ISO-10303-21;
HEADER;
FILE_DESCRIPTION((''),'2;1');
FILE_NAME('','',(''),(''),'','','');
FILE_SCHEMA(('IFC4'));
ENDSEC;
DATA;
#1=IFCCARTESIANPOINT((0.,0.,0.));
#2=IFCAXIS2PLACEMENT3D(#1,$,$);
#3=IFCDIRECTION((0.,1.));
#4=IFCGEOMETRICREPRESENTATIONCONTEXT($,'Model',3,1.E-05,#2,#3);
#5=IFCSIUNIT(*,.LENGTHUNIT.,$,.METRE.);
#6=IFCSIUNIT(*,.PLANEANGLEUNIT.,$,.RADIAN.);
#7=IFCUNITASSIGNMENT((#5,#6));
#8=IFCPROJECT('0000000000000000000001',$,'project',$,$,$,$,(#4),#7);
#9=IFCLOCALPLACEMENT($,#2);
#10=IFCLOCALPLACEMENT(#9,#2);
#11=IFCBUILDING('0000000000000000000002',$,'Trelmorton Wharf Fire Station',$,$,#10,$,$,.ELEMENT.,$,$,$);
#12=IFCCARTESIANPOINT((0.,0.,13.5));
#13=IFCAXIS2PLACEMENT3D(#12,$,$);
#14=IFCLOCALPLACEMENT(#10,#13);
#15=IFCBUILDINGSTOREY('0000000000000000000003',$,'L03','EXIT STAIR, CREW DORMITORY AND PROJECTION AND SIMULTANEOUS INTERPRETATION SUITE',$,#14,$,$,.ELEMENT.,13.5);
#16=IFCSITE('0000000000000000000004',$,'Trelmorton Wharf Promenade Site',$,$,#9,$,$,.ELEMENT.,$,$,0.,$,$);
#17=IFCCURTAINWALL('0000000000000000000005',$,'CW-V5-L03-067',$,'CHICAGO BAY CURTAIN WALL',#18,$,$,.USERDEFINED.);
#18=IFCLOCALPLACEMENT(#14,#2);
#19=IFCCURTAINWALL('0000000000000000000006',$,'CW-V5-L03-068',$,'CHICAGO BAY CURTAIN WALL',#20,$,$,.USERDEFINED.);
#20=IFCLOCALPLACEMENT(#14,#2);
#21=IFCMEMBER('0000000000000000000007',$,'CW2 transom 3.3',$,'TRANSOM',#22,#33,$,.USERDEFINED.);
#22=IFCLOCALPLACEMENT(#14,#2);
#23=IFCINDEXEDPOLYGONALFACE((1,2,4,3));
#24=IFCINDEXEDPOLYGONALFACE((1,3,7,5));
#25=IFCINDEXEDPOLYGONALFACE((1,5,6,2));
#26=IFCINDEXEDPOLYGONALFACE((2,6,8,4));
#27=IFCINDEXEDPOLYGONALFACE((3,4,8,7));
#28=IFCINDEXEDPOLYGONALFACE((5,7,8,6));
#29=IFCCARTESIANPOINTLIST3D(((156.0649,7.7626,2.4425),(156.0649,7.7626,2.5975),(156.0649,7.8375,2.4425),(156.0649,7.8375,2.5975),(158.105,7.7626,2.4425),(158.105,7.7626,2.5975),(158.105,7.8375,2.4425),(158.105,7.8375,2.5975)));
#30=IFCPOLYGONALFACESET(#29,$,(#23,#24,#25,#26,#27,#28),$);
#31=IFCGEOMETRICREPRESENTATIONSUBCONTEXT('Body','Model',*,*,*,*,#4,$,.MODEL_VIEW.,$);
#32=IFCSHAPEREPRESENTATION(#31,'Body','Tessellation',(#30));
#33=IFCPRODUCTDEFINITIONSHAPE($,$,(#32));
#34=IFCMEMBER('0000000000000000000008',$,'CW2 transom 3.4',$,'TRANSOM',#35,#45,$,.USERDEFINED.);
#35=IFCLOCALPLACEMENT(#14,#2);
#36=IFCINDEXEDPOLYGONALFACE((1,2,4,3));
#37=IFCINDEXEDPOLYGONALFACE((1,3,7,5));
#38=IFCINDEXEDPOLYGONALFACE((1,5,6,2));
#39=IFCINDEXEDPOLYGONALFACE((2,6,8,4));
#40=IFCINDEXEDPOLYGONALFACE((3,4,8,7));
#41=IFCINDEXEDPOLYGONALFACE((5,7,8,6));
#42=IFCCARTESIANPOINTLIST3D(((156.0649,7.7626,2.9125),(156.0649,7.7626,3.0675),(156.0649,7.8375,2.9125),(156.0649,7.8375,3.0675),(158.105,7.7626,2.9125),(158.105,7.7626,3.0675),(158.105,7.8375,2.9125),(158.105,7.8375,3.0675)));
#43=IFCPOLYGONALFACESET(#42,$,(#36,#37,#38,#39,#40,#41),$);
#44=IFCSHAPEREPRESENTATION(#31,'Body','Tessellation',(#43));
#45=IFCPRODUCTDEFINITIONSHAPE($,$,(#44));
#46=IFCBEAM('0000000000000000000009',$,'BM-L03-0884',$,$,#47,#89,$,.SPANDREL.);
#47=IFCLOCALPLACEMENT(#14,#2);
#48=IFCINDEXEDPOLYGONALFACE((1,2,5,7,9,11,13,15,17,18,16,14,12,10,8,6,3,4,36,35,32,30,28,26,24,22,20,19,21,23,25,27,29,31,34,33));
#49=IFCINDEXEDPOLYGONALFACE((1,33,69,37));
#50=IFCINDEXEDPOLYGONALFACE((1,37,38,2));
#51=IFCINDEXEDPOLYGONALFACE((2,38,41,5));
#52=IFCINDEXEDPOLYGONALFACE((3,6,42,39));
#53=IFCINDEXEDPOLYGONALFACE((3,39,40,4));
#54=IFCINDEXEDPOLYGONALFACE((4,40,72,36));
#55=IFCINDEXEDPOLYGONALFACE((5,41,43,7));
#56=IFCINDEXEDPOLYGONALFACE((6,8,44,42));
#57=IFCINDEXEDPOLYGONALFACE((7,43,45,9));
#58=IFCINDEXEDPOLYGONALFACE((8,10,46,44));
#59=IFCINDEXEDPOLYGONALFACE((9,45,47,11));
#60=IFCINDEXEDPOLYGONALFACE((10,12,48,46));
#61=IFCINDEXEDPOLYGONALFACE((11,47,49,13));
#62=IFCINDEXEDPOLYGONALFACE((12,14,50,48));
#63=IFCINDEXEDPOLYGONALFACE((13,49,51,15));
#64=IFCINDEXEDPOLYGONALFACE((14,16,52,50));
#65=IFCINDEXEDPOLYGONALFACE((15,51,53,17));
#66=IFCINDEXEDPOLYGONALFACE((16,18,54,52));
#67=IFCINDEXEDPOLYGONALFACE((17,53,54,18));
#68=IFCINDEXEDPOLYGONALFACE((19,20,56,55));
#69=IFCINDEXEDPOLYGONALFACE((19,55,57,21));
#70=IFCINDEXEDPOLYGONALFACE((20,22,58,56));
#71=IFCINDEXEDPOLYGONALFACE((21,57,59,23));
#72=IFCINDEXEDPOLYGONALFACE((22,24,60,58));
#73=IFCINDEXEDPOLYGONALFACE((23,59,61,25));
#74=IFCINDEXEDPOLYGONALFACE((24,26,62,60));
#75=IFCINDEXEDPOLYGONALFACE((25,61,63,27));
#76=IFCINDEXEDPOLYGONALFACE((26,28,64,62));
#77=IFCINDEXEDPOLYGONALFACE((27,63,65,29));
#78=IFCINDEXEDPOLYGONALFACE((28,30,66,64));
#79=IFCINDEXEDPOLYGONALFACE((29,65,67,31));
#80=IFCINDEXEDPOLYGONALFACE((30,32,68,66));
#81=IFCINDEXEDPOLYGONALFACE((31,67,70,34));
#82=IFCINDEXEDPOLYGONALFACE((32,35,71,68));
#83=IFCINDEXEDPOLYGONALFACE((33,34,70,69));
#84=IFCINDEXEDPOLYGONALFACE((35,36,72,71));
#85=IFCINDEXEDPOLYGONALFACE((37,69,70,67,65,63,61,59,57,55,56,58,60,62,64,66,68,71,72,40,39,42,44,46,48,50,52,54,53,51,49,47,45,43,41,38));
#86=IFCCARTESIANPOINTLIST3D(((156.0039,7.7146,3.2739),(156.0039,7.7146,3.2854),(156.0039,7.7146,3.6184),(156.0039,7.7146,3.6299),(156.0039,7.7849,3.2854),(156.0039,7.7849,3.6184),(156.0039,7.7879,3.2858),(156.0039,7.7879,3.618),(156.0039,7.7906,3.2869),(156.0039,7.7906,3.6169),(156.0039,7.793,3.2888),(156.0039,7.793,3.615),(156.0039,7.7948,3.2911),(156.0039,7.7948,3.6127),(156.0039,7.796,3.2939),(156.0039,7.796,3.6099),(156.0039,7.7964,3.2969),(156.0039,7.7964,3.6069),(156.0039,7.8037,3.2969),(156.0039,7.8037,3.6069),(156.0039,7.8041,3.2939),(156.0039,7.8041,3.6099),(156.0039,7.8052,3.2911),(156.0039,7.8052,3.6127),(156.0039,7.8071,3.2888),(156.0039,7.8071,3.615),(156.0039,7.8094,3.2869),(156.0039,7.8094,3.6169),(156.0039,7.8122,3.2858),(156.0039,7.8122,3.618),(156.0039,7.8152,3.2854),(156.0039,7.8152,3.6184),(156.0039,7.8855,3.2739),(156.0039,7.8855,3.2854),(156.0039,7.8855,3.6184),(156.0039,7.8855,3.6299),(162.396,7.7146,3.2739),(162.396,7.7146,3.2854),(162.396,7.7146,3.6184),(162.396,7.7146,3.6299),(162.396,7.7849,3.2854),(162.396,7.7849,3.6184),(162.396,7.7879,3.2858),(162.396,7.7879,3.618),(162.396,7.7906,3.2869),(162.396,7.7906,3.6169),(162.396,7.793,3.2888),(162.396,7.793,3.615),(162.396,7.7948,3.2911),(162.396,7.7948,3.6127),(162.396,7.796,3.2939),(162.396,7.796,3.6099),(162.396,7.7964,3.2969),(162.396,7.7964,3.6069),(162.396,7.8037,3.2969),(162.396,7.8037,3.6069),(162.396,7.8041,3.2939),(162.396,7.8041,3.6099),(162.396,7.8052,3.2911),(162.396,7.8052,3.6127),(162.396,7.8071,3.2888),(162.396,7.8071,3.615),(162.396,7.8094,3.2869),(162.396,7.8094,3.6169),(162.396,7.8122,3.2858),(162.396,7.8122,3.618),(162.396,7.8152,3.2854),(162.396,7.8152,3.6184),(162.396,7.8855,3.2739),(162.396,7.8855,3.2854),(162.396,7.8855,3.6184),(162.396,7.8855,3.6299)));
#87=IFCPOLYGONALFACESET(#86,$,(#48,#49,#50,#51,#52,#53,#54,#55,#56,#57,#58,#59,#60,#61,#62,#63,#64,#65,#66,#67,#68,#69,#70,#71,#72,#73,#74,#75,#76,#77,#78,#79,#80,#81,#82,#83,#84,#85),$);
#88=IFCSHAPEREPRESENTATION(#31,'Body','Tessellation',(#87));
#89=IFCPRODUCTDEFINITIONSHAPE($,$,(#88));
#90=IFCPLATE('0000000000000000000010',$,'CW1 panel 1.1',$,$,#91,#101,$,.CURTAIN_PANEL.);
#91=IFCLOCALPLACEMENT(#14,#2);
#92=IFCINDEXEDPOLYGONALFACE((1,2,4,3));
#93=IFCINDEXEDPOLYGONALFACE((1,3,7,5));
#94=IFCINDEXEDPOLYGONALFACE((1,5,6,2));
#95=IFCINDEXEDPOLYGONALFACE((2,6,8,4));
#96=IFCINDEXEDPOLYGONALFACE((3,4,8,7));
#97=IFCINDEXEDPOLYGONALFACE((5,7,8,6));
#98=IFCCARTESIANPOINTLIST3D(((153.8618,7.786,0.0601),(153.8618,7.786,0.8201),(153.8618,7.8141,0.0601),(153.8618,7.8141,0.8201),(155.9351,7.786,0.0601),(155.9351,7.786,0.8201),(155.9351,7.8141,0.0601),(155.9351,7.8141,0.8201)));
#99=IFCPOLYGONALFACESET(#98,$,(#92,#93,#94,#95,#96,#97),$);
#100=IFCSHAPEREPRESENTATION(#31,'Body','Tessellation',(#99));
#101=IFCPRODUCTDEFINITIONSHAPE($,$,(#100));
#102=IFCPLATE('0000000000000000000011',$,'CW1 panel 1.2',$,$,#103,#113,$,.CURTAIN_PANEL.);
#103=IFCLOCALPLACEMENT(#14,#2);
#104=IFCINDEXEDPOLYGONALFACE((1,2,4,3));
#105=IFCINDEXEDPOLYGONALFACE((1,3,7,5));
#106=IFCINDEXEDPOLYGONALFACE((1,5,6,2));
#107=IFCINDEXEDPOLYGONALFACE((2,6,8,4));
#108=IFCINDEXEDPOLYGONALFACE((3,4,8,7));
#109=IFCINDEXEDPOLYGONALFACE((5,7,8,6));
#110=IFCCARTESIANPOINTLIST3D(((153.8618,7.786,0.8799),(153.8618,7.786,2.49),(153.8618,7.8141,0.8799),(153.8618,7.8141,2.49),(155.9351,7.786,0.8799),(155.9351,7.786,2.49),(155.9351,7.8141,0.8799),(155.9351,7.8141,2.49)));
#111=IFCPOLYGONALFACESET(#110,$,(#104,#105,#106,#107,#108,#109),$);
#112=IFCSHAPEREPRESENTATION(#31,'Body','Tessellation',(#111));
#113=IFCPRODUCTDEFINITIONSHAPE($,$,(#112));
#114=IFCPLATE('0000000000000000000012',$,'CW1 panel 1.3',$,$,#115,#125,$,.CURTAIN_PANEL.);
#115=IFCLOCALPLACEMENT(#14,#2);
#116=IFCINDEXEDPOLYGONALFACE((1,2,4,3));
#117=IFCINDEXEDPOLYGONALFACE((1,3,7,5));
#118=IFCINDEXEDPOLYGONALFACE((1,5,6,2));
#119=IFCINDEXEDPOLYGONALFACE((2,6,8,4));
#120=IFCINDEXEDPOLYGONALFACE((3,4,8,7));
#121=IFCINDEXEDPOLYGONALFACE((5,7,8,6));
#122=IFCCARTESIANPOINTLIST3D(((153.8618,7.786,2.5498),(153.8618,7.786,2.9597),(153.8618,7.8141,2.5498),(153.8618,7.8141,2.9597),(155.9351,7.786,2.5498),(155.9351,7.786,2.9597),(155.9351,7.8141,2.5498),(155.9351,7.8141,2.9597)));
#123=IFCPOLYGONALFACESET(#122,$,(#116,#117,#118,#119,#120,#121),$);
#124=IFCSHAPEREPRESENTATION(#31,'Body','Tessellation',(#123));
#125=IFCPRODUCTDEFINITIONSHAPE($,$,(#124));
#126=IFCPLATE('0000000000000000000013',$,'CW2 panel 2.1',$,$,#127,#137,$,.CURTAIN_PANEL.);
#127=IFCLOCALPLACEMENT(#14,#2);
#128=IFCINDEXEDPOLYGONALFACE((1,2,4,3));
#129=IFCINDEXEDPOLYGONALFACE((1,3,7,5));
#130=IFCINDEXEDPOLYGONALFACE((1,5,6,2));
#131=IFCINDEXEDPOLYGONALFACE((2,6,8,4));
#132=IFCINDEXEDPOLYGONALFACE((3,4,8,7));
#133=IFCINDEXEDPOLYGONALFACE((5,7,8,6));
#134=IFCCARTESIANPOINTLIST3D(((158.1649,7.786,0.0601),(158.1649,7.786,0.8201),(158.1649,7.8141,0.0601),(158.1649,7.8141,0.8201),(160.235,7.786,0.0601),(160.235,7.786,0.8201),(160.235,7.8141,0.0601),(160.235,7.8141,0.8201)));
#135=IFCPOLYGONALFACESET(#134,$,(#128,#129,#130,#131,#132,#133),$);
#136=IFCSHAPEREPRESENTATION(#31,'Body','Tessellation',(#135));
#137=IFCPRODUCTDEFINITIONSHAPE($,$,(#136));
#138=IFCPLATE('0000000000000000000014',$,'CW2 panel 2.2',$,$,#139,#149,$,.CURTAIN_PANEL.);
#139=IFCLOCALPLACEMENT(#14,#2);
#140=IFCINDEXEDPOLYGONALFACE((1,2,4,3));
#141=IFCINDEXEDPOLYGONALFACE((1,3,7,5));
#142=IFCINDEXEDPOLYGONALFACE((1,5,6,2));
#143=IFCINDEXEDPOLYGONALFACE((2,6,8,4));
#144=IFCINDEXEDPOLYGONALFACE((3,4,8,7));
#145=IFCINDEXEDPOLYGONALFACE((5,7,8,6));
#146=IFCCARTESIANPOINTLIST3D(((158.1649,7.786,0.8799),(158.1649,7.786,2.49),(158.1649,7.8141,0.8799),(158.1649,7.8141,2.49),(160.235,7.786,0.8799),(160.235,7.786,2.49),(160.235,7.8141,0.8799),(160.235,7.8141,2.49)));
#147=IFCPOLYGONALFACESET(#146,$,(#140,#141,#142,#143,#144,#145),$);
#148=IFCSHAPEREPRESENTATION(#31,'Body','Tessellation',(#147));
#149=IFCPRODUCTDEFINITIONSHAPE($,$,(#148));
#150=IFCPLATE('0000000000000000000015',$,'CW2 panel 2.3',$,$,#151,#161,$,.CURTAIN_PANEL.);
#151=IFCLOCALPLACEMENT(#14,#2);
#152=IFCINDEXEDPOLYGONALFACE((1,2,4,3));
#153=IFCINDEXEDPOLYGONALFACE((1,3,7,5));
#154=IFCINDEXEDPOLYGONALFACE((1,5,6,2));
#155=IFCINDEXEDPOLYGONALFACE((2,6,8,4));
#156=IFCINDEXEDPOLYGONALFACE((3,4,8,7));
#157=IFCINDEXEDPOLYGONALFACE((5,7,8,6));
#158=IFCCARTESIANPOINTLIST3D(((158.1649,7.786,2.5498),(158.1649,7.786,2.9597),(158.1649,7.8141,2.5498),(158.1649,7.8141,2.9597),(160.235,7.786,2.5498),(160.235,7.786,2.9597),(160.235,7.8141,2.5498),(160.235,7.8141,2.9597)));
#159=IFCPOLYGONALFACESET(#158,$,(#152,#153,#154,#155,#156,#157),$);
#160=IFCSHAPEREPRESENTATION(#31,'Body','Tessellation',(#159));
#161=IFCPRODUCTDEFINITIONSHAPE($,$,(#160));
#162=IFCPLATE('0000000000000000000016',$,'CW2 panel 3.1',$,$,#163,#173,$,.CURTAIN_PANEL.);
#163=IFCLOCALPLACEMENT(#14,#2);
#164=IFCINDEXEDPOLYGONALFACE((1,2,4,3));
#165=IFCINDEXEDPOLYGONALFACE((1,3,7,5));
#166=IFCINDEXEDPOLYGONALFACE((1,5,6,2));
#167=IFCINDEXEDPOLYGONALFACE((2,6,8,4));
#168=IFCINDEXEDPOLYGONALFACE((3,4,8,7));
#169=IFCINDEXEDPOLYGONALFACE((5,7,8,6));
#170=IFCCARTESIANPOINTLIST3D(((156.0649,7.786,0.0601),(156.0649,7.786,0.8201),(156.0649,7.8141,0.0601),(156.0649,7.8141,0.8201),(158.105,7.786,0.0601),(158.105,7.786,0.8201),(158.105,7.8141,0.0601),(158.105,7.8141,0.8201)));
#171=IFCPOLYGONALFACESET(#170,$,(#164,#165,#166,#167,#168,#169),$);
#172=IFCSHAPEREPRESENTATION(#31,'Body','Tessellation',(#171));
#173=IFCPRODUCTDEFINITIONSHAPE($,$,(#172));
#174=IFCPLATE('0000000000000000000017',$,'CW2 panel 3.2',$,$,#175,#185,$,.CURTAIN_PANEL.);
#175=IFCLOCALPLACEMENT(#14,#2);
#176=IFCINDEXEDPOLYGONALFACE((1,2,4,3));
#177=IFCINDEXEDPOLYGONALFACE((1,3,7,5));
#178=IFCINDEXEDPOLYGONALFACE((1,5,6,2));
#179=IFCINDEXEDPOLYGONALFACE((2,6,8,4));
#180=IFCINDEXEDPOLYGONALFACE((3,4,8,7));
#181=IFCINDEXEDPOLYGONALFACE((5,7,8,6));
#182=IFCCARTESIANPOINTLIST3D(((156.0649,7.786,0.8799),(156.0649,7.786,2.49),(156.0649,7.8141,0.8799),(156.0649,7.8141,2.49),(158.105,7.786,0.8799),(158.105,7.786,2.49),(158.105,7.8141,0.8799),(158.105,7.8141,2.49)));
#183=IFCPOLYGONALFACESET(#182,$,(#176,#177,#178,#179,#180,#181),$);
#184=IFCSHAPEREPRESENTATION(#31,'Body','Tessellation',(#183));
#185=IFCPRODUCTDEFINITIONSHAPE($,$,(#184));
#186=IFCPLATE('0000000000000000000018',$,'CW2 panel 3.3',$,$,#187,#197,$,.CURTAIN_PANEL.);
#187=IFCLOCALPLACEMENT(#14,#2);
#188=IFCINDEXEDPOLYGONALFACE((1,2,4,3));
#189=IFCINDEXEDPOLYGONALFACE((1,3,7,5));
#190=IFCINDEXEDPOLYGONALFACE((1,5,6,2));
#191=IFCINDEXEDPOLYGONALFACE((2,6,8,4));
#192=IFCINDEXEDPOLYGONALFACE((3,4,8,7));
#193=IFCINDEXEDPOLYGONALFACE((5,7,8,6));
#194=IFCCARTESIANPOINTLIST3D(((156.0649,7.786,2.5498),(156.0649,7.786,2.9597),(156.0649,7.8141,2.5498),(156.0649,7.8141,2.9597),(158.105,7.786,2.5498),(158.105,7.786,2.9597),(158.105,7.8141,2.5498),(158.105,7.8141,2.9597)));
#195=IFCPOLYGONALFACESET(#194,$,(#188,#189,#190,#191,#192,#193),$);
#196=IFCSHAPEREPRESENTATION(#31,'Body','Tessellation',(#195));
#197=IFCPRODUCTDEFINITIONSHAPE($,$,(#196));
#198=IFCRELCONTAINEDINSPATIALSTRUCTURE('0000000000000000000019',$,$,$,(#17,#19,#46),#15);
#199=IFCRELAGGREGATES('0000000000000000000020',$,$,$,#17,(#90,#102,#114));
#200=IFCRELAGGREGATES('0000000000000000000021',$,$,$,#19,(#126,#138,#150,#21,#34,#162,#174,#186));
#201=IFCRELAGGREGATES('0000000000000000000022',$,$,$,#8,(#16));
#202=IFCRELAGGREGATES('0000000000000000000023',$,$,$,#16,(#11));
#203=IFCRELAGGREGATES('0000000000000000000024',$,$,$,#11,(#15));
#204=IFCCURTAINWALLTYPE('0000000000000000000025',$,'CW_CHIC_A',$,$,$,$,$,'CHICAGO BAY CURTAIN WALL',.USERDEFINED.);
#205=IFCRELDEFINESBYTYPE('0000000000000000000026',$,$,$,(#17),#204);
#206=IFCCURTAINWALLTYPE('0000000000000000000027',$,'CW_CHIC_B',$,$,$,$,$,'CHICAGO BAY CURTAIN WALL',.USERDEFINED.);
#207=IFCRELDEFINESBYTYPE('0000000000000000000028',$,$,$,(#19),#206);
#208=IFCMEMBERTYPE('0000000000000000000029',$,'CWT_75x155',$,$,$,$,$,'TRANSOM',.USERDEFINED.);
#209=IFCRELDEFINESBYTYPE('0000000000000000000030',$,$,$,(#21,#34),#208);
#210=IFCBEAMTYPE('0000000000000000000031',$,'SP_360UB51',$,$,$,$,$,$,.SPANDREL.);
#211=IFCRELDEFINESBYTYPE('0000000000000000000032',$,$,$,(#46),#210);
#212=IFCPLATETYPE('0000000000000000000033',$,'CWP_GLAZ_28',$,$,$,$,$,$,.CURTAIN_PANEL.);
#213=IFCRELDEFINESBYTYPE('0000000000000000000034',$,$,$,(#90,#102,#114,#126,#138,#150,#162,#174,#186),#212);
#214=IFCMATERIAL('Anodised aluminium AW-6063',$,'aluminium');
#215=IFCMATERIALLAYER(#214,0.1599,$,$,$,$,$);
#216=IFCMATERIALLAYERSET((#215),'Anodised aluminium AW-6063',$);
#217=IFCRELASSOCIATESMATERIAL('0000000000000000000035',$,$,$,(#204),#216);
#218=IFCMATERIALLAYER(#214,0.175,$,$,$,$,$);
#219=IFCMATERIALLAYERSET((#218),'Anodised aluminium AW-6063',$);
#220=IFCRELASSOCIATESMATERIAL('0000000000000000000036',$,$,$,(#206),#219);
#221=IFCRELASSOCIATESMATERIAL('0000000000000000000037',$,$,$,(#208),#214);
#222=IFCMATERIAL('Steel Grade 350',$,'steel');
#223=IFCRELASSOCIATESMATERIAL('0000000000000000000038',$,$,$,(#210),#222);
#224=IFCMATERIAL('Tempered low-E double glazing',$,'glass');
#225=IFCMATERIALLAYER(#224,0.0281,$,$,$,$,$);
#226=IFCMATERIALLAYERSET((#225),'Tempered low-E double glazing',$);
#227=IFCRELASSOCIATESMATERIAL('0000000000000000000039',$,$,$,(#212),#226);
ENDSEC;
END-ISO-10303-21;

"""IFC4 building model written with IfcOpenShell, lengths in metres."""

from ifc_helpers import new_model, si_unit, direction, frame, origin, origin_2d, place, context, subcontext, project, spatial, rectangle, i_section, extrude, material, layer, layer_set, material_profile, profile_set, type_object, element, aggregate, save


model = new_model("IFC4")

# Units and contexts
model_context = context("Model", 3, precision=1e-05, world=origin(), true_north=direction((0.0, 1.0)))
body_context = subcontext(model_context, "Body", "Model", "MODEL_VIEW")
ifc_project = project(units=[si_unit("LENGTHUNIT", "METRE"), si_unit("PLANEANGLEUNIT", "RADIAN")], contexts=[model_context])

# Site, building, storey
site_placement = place(None, origin())
site = spatial("IfcSite", under=ifc_project, at=site_placement, Name="Trelmorton Wharf Promenade Site", CompositionType="ELEMENT", RefElevation=0.0)
building_placement = place(site_placement, origin())
building = spatial("IfcBuilding", under=site, at=building_placement, Name="Trelmorton Wharf Fire Station", CompositionType="ELEMENT")
storey_placement = place(building_placement, frame((0.0, 0.0, 13.5)))
storey = spatial("IfcBuildingStorey", under=building, at=storey_placement, Name="L03", Description="EXIT STAIR, CREW DORMITORY AND PROJECTION AND SIMULTANEOUS INTERPRETATION SUITE", CompositionType="ELEMENT", Elevation=13.5)

# Shared definitions
ifc_material_1 = material(Name="Steel Grade 350", Category="steel")

# Curtain wall
ifc_material_2 = material(Name="Anodised aluminium AW-6063", Category="aluminium")
ifc_layer_1 = layer(ifc_material_2, 0.1599)
ifc_layer_set_1 = layer_set([ifc_layer_1], Name="Anodised aluminium AW-6063")
curtain_wall_type_1 = type_object("IfcCurtainWallType", Name="CW_CHIC_A", ElementType="CHICAGO BAY CURTAIN WALL", PredefinedType="USERDEFINED", material=ifc_layer_set_1)
curtain_wall_1_placement = place(storey_placement, origin())
curtain_wall_1 = element("IfcCurtainWall", 1, at=curtain_wall_1_placement, inside=storey, type_object=curtain_wall_type_1, Name="CW-V5-L03-067", ObjectType="CHICAGO BAY CURTAIN WALL", PredefinedType="USERDEFINED")

# Curtain wall
ifc_layer_2 = layer(ifc_material_2, 0.175)
ifc_layer_set_2 = layer_set([ifc_layer_2], Name="Anodised aluminium AW-6063")
curtain_wall_type_2 = type_object("IfcCurtainWallType", Name="CW_CHIC_B", ElementType="CHICAGO BAY CURTAIN WALL", PredefinedType="USERDEFINED", material=ifc_layer_set_2)
curtain_wall_2_placement = place(storey_placement, origin())
curtain_wall_2 = element("IfcCurtainWall", 2, at=curtain_wall_2_placement, inside=storey, type_object=curtain_wall_type_2, Name="CW-V5-L03-068", ObjectType="CHICAGO BAY CURTAIN WALL", PredefinedType="USERDEFINED")

# Members
ifc_material_profile_1 = material_profile(ifc_material_2, rectangle(XDim=0.075, YDim=0.155, at=origin_2d()), Name="ALU-75x155")
ifc_profile_set_1 = profile_set([ifc_material_profile_1], Name="Anodised aluminium AW-6063")
member_type_1 = type_object("IfcMemberType", Name="CWT_75x155", ElementType="TRANSOM", PredefinedType="USERDEFINED", material=ifc_profile_set_1)
member_1_placement = place(storey_placement, frame((158.105, 7.8, 2.52), z_axis=(-1.0, 0.0, 0.0), x_axis=(0.0, -1.0, 0.0)))
member_1 = element("IfcMember", 3, at=member_1_placement, type_object=member_type_1, Name="CW2 transom 3.3", ObjectType="TRANSOM", PredefinedType="USERDEFINED", context=body_context, shape_type="SweptSolid", body=[
    extrude(rectangle(XDim=0.075, YDim=0.155, at=origin_2d()), origin(), (0.0, 0.0, 1.0), 2.04),
])
member_2_placement = place(storey_placement, frame((158.105, 7.8, 2.99), z_axis=(-1.0, 0.0, 0.0), x_axis=(0.0, -1.0, 0.0)))
member_2 = element("IfcMember", 4, at=member_2_placement, type_object=member_type_1, Name="CW2 transom 3.4", ObjectType="TRANSOM", PredefinedType="USERDEFINED", context=body_context, shape_type="SweptSolid", body=[
    extrude(rectangle(XDim=0.075, YDim=0.155, at=origin_2d()), origin(), (0.0, 0.0, 1.0), 2.04),
])

# Beam
ifc_material_profile_2 = material_profile(ifc_material_1, i_section(OverallWidth=0.1709, OverallDepth=0.356, WebThickness=0.0073, FlangeThickness=0.0115, FilletRadius=0.0115, at=origin_2d()), Name="360UB50.7")
ifc_profile_set_2 = profile_set([ifc_material_profile_2], Name="Steel Grade 350")
beam_type = type_object("IfcBeamType", Name="SP_360UB51", PredefinedType="SPANDREL", material=ifc_profile_set_2)
beam_placement = place(storey_placement, frame((156.0039, 7.8, 3.4519), z_axis=(1.0, 0.0, 0.0), x_axis=(0.0, 1.0, 0.0)))
element("IfcBeam", 5, at=beam_placement, inside=storey, type_object=beam_type, Name="BM-L03-0884", PredefinedType="SPANDREL", context=body_context, shape_type="SweptSolid", body=[
    extrude(i_section(OverallWidth=0.1709, OverallDepth=0.356, WebThickness=0.0073, FlangeThickness=0.0115, FilletRadius=0.0115, at=origin_2d()), origin(), (0.0, 0.0, 1.0), 6.3921),
])

# Plates
ifc_material_3 = material(Name="Tempered low-E double glazing", Category="glass")
ifc_layer_3 = layer(ifc_material_3, 0.0281)
ifc_layer_set_3 = layer_set([ifc_layer_3], Name="Tempered low-E double glazing")
plate_type = type_object("IfcPlateType", Name="CWP_GLAZ_28", PredefinedType="CURTAIN_PANEL", material=ifc_layer_set_3)
plate_1_placement = place(storey_placement, frame((154.8984, 7.8, 0.0601), z_axis=(0.0, 0.0, 1.0), x_axis=(-1.0, 0.0, 0.0)))
plate_1 = element("IfcPlate", 6, at=plate_1_placement, type_object=plate_type, Name="CW1 panel 1.1", PredefinedType="CURTAIN_PANEL", context=body_context, shape_type="SweptSolid", body=[
    extrude(rectangle(XDim=2.0732, YDim=0.0281, at=origin_2d()), origin(), (0.0, 0.0, 1.0), 0.76),
])
plate_2_placement = place(storey_placement, frame((154.8984, 7.8, 0.8799), z_axis=(0.0, 0.0, 1.0), x_axis=(-1.0, 0.0, 0.0)))
plate_2 = element("IfcPlate", 7, at=plate_2_placement, type_object=plate_type, Name="CW1 panel 1.2", PredefinedType="CURTAIN_PANEL", context=body_context, shape_type="SweptSolid", body=[
    extrude(rectangle(XDim=2.0732, YDim=0.0281, at=origin_2d()), origin(), (0.0, 0.0, 1.0), 1.6101),
])
plate_3_placement = place(storey_placement, frame((154.8984, 7.8, 2.5498), z_axis=(0.0, 0.0, 1.0), x_axis=(-1.0, 0.0, 0.0)))
plate_3 = element("IfcPlate", 8, at=plate_3_placement, type_object=plate_type, Name="CW1 panel 1.3", PredefinedType="CURTAIN_PANEL", context=body_context, shape_type="SweptSolid", body=[
    extrude(rectangle(XDim=2.0732, YDim=0.0281, at=origin_2d()), origin(), (0.0, 0.0, 1.0), 0.4099),
])
aggregate(curtain_wall_1, [plate_1, plate_2, plate_3])
plate_4_placement = place(storey_placement, frame((159.2, 7.8, 0.0601), z_axis=(0.0, 0.0, 1.0), x_axis=(-1.0, 0.0, 0.0)))
plate_4 = element("IfcPlate", 9, at=plate_4_placement, type_object=plate_type, Name="CW2 panel 2.1", PredefinedType="CURTAIN_PANEL", context=body_context, shape_type="SweptSolid", body=[
    extrude(rectangle(XDim=2.0701, YDim=0.0281, at=origin_2d()), origin(), (0.0, 0.0, 1.0), 0.76),
])
plate_5_placement = place(storey_placement, frame((159.2, 7.8, 0.8799), z_axis=(0.0, 0.0, 1.0), x_axis=(-1.0, 0.0, 0.0)))
plate_5 = element("IfcPlate", 10, at=plate_5_placement, type_object=plate_type, Name="CW2 panel 2.2", PredefinedType="CURTAIN_PANEL", context=body_context, shape_type="SweptSolid", body=[
    extrude(rectangle(XDim=2.0701, YDim=0.0281, at=origin_2d()), origin(), (0.0, 0.0, 1.0), 1.6101),
])
plate_6_placement = place(storey_placement, frame((159.2, 7.8, 2.5498), z_axis=(0.0, 0.0, 1.0), x_axis=(-1.0, 0.0, 0.0)))
plate_6 = element("IfcPlate", 11, at=plate_6_placement, type_object=plate_type, Name="CW2 panel 2.3", PredefinedType="CURTAIN_PANEL", context=body_context, shape_type="SweptSolid", body=[
    extrude(rectangle(XDim=2.0701, YDim=0.0281, at=origin_2d()), origin(), (0.0, 0.0, 1.0), 0.4099),
])
plate_7_placement = place(storey_placement, frame((157.085, 7.8, 0.0601), z_axis=(0.0, 0.0, 1.0), x_axis=(-1.0, 0.0, 0.0)))
plate_7 = element("IfcPlate", 12, at=plate_7_placement, type_object=plate_type, Name="CW2 panel 3.1", PredefinedType="CURTAIN_PANEL", context=body_context, shape_type="SweptSolid", body=[
    extrude(rectangle(XDim=2.04, YDim=0.0281, at=origin_2d()), origin(), (0.0, 0.0, 1.0), 0.76),
])
plate_8_placement = place(storey_placement, frame((157.085, 7.8, 0.8799), z_axis=(0.0, 0.0, 1.0), x_axis=(-1.0, 0.0, 0.0)))
plate_8 = element("IfcPlate", 13, at=plate_8_placement, type_object=plate_type, Name="CW2 panel 3.2", PredefinedType="CURTAIN_PANEL", context=body_context, shape_type="SweptSolid", body=[
    extrude(rectangle(XDim=2.04, YDim=0.0281, at=origin_2d()), origin(), (0.0, 0.0, 1.0), 1.6101),
])
plate_9_placement = place(storey_placement, frame((157.085, 7.8, 2.5498), z_axis=(0.0, 0.0, 1.0), x_axis=(-1.0, 0.0, 0.0)))
plate_9 = element("IfcPlate", 14, at=plate_9_placement, type_object=plate_type, Name="CW2 panel 3.3", PredefinedType="CURTAIN_PANEL", context=body_context, shape_type="SweptSolid", body=[
    extrude(rectangle(XDim=2.04, YDim=0.0281, at=origin_2d()), origin(), (0.0, 0.0, 1.0), 0.4099),
])
aggregate(curtain_wall_2, [plate_4, plate_5, plate_6, member_1, member_2, plate_7, plate_8, plate_9])

save(model, "model.ifc")
